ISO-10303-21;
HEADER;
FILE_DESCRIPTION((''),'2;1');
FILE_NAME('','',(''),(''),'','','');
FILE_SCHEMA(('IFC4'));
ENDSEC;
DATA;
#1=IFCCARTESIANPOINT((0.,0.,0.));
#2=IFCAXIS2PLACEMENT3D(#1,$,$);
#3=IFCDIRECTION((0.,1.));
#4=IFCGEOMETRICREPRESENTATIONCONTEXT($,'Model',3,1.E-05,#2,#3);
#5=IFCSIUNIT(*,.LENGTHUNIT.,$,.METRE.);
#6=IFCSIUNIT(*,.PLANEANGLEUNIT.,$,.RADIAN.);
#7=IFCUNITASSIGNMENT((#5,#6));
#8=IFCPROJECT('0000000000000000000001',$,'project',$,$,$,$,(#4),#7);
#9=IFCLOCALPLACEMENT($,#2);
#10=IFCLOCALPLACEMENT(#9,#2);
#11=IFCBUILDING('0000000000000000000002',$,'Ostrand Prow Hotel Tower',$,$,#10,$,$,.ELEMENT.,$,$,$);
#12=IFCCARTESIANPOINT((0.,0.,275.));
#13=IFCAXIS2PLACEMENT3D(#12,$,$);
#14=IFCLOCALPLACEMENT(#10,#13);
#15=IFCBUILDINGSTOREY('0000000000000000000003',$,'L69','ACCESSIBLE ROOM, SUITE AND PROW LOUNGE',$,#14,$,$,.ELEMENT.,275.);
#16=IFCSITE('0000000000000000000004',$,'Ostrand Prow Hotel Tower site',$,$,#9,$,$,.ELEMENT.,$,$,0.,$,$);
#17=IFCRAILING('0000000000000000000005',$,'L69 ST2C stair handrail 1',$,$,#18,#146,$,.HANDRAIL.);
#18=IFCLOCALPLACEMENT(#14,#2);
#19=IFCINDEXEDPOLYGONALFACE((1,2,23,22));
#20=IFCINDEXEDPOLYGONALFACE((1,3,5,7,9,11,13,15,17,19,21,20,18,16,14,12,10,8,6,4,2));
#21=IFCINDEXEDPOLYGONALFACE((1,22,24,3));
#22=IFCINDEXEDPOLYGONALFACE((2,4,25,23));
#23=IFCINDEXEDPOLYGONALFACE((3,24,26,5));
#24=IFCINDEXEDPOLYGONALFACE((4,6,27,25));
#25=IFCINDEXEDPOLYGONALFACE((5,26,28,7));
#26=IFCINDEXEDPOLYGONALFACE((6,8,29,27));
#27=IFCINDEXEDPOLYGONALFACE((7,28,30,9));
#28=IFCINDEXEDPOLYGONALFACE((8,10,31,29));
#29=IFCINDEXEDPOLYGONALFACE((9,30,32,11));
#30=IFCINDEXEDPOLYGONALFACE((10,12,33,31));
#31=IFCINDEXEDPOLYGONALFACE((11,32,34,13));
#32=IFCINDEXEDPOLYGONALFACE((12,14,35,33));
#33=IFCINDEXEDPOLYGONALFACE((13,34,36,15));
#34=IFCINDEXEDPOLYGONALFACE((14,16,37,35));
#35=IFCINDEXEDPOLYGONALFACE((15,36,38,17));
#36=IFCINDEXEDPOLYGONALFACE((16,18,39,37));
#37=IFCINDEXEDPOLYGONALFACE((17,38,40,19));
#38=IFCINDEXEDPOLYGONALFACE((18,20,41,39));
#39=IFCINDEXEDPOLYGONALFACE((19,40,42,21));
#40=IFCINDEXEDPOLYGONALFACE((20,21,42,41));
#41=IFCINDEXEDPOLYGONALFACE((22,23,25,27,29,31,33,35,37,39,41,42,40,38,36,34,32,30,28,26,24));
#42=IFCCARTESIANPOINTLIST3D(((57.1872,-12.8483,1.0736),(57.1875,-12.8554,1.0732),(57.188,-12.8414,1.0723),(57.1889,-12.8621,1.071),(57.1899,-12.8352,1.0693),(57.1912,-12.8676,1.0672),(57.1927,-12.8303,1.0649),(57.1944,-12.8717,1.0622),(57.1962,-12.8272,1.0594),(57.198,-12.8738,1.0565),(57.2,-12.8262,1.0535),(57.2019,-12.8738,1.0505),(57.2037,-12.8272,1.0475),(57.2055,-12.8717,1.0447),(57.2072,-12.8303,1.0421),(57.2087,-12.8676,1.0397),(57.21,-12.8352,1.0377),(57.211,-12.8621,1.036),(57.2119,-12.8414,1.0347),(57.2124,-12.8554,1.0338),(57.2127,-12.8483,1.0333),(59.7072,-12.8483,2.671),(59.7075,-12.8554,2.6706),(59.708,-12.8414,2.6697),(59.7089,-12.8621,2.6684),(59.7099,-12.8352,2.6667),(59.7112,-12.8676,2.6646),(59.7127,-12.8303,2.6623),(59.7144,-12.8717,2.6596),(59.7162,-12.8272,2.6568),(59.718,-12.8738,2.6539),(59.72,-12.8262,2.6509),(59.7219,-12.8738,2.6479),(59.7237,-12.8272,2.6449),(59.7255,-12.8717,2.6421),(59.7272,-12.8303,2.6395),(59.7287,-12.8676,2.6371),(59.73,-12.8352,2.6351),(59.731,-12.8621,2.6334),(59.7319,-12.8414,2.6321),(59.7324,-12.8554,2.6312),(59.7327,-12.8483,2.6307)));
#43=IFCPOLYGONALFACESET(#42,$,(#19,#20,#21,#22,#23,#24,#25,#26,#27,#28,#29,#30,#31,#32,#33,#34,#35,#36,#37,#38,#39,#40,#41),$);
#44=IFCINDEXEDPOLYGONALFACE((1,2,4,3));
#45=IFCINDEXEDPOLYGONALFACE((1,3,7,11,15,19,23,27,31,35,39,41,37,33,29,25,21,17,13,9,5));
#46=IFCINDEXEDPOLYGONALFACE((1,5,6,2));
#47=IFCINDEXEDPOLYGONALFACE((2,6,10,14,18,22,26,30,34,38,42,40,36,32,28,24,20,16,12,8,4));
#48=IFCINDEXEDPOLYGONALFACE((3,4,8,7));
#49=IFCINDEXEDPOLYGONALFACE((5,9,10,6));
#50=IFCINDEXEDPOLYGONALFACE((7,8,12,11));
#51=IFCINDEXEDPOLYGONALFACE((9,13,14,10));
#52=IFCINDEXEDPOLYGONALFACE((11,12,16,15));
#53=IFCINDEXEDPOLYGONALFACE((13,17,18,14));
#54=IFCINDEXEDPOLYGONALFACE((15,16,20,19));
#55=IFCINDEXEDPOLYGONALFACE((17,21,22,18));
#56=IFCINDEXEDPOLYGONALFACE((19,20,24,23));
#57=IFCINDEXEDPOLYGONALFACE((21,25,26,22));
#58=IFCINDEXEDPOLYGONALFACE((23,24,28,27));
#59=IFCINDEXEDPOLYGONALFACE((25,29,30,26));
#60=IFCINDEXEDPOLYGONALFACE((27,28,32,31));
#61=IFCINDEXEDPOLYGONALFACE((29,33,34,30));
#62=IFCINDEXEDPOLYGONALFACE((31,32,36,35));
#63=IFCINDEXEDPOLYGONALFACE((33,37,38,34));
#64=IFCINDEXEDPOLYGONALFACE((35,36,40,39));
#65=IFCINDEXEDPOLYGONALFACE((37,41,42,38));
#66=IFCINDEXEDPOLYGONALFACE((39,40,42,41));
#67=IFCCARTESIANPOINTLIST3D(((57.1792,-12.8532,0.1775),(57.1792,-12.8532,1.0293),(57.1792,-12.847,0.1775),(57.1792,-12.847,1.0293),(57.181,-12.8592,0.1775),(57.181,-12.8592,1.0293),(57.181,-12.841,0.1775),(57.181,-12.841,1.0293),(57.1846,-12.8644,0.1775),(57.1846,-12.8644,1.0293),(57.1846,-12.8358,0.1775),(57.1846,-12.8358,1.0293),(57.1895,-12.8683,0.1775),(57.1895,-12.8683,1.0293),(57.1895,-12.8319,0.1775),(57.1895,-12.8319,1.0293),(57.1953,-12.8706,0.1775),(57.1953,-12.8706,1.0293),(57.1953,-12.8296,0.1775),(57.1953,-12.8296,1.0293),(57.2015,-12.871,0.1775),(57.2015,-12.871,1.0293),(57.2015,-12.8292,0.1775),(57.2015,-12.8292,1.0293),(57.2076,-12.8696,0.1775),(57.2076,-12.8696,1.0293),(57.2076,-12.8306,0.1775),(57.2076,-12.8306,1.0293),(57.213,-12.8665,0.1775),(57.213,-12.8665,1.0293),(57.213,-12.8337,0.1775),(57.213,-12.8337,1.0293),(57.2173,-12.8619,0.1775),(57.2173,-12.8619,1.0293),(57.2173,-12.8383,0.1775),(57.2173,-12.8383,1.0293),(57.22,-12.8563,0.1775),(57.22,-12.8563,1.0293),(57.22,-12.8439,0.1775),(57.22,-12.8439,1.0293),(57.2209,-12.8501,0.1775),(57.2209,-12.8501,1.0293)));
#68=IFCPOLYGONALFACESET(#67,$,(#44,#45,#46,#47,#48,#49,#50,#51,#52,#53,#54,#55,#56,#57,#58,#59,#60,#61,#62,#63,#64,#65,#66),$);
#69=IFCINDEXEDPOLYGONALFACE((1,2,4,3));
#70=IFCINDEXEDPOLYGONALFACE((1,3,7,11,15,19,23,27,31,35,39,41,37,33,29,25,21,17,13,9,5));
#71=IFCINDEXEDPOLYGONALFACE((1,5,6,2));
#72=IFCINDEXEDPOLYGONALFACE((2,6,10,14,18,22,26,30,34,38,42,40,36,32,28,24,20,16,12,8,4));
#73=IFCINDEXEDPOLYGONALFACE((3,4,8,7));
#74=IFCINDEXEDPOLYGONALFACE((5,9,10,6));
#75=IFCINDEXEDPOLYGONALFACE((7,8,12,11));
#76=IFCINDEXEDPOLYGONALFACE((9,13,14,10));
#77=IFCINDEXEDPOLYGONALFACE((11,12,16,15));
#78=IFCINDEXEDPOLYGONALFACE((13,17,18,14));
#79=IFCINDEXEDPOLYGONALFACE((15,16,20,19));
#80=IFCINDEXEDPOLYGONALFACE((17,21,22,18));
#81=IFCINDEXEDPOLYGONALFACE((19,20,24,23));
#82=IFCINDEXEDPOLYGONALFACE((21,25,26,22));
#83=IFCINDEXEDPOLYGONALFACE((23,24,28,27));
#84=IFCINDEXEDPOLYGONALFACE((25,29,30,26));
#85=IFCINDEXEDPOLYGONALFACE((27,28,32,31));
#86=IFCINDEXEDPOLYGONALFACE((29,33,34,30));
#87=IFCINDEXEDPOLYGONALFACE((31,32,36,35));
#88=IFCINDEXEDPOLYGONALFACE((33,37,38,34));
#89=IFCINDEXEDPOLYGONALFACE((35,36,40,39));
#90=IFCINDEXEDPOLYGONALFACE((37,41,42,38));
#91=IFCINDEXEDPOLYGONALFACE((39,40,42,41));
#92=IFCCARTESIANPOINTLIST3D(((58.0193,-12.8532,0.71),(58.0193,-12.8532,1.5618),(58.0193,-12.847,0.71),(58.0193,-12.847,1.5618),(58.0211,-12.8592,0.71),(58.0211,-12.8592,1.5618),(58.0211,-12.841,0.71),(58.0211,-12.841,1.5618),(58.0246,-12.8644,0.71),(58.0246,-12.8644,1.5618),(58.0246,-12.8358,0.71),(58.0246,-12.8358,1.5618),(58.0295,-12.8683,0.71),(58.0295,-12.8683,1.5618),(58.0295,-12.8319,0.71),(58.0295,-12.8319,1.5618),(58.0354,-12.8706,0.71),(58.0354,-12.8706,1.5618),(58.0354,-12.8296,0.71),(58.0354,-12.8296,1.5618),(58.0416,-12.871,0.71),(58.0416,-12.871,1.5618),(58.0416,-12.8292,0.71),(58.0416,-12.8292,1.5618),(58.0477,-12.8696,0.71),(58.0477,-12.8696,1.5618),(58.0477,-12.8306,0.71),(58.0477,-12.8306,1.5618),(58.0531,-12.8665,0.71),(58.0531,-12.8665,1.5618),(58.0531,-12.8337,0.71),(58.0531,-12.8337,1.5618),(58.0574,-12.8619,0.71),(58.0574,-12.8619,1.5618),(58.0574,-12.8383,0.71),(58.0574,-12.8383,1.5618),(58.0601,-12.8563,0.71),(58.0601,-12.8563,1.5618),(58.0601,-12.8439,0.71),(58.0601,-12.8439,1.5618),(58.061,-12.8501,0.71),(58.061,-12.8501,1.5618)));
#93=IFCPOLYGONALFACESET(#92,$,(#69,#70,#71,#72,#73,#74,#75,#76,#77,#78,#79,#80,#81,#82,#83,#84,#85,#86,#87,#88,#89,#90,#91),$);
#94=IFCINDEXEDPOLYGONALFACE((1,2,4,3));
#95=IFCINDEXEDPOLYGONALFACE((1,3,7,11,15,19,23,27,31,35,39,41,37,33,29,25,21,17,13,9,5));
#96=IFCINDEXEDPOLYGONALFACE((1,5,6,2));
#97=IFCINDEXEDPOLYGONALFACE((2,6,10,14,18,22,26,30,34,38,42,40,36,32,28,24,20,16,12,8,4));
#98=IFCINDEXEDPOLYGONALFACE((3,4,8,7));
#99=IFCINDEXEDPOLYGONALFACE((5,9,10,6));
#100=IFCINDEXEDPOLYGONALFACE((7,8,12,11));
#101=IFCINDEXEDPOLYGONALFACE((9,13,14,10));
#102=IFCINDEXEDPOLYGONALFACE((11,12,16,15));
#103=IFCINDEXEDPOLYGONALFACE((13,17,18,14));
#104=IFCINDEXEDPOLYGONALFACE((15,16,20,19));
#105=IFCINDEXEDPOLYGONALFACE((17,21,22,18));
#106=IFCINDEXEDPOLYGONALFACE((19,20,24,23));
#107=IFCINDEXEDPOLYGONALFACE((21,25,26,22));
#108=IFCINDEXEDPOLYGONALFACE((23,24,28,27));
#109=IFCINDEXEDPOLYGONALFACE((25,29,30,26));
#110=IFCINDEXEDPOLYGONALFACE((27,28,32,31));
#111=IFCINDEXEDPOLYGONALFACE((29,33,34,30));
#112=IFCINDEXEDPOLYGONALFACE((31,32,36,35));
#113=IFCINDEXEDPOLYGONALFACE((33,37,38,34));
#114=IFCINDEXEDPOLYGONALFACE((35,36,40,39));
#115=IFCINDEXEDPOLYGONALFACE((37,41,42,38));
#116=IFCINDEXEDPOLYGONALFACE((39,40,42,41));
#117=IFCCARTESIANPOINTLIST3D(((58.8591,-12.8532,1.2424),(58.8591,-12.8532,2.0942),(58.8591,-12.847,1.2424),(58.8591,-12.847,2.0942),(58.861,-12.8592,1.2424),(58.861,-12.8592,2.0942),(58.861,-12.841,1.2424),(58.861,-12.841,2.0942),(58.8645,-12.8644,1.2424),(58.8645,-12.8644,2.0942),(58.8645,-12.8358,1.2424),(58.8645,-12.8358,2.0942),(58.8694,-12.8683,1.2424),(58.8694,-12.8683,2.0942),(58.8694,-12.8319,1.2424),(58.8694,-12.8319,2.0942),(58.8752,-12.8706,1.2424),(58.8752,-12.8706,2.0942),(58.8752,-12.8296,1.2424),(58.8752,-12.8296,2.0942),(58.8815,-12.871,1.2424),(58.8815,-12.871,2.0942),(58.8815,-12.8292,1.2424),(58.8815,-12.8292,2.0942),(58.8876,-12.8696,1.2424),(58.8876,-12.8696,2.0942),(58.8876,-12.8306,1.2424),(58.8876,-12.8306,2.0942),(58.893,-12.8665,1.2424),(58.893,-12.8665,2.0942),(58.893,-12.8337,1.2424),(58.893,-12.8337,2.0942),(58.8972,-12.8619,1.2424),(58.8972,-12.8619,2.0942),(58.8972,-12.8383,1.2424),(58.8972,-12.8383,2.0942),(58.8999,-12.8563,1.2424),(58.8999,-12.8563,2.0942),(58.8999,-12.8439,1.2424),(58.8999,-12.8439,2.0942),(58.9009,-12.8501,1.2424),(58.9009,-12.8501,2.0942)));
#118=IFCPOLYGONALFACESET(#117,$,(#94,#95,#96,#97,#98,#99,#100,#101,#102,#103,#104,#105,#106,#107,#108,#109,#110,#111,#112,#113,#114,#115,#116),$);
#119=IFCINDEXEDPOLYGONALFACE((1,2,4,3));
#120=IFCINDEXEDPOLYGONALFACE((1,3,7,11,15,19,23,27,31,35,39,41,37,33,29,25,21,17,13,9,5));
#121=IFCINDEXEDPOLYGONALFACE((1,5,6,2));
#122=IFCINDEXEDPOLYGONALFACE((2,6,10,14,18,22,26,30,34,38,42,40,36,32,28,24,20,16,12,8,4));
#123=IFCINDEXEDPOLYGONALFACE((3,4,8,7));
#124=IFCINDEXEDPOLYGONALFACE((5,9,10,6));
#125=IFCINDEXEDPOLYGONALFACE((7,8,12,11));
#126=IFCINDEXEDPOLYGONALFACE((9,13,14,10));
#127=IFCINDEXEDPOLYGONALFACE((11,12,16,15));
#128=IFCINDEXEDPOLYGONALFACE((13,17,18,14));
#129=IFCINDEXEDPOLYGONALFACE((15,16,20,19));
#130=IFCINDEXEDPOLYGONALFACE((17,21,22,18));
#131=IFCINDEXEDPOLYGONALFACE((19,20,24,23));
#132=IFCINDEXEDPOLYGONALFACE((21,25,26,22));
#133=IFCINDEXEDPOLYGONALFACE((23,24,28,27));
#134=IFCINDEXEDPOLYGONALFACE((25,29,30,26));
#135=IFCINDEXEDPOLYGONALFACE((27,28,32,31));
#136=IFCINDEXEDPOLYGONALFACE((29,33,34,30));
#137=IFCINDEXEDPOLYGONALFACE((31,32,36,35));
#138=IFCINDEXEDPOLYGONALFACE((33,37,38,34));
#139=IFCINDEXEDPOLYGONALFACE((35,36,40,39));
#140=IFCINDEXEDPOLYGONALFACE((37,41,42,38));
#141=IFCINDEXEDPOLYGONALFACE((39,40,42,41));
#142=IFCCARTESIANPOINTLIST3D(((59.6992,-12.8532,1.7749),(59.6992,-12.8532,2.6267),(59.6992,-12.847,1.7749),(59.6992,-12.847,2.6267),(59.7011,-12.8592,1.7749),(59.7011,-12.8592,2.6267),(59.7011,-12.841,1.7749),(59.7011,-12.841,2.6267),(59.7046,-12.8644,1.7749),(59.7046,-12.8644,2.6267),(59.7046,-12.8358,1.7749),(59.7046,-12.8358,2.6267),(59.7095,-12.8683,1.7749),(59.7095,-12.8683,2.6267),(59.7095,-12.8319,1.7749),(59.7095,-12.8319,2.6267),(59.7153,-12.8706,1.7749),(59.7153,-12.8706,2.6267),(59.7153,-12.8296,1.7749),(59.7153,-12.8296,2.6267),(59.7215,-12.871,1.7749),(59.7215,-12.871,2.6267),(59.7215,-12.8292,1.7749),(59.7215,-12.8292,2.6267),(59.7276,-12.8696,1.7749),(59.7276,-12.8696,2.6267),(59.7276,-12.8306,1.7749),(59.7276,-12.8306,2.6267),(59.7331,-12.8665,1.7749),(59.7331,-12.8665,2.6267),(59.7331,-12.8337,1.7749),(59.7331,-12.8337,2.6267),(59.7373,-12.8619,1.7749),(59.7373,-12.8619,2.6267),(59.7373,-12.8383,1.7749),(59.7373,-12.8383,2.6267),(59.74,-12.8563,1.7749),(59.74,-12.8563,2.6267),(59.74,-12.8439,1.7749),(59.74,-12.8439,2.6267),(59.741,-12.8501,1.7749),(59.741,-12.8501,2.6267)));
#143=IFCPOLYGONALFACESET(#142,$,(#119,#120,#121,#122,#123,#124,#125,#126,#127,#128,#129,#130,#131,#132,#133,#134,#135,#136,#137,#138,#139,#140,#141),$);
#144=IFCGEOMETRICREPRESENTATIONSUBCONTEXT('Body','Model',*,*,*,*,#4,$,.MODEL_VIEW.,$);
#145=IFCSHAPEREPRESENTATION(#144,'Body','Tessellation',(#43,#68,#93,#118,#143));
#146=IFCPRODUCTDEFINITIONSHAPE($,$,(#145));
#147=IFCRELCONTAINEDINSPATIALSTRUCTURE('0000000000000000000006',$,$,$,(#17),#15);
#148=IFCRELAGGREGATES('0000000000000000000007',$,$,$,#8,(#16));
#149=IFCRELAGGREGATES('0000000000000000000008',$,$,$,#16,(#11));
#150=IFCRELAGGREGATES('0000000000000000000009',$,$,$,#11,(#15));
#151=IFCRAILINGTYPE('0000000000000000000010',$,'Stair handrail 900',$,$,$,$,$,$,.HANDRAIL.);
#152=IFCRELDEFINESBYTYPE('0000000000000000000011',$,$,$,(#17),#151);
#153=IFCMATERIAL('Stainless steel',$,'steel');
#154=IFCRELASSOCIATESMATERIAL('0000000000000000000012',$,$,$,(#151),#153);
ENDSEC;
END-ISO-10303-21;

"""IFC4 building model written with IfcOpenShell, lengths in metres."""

from ifc_helpers import new_model, si_unit, direction, frame, origin, origin_2d, place, context, subcontext, project, spatial, circle, extrude, material, type_object, element, save


model = new_model("IFC4")

# Units and contexts
model_context = context("Model", 3, precision=1e-05, world=origin(), true_north=direction((0.0, 1.0)))
body_context = subcontext(model_context, "Body", "Model", "MODEL_VIEW")
ifc_project = project(units=[si_unit("LENGTHUNIT", "METRE"), si_unit("PLANEANGLEUNIT", "RADIAN")], contexts=[model_context])

# Site, building, storey
site_placement = place(None, origin())
site = spatial("IfcSite", under=ifc_project, at=site_placement, Name="Ostrand Prow Hotel Tower site", CompositionType="ELEMENT", RefElevation=0.0)
building_placement = place(site_placement, origin())
building = spatial("IfcBuilding", under=site, at=building_placement, Name="Ostrand Prow Hotel Tower", CompositionType="ELEMENT")
storey_placement = place(building_placement, frame((0.0, 0.0, 275.0)))
storey = spatial("IfcBuildingStorey", under=building, at=storey_placement, Name="L69", Description="ACCESSIBLE ROOM, SUITE AND PROW LOUNGE", CompositionType="ELEMENT", Elevation=275.0)

# Railing
ifc_material_1 = material(Name="Stainless steel", Category="steel")
railing_type_1 = type_object("IfcRailingType", Name="Stair handrail 900", PredefinedType="HANDRAIL", material=ifc_material_1)
railing_1_placement = place(storey_placement, frame((57.2, -12.8501, 0.1775)))
element("IfcRailing", 1, at=railing_1_placement, inside=storey, type_object=railing_type_1, Name="L69 ST2C stair handrail 1", PredefinedType="HANDRAIL", context=body_context, shape_type="SweptSolid", body=[
    extrude(circle(Radius=0.0239, at=origin_2d()), frame((0.0, 0.0, 0.876), z_axis=(0.844607, 0.0, 0.535387), x_axis=(0.0, 1.0, 0.0)), (0.0, 0.0, 1.0), 2.9836),
    extrude(circle(Radius=0.021, at=origin_2d()), origin(), (0.0, 0.0, 1.0), 0.8518),
    extrude(circle(Radius=0.021, at=origin_2d()), frame((0.8401, 0.0, 0.5325)), (0.0, 0.0, 1.0), 0.8518),
    extrude(circle(Radius=0.021, at=origin_2d()), frame((1.6799, 0.0, 1.0649)), (0.0, 0.0, 1.0), 0.8518),
    extrude(circle(Radius=0.021, at=origin_2d()), frame((2.52, 0.0, 1.5974)), (0.0, 0.0, 1.0), 0.8518),
])

save(model, "model.ifc")
